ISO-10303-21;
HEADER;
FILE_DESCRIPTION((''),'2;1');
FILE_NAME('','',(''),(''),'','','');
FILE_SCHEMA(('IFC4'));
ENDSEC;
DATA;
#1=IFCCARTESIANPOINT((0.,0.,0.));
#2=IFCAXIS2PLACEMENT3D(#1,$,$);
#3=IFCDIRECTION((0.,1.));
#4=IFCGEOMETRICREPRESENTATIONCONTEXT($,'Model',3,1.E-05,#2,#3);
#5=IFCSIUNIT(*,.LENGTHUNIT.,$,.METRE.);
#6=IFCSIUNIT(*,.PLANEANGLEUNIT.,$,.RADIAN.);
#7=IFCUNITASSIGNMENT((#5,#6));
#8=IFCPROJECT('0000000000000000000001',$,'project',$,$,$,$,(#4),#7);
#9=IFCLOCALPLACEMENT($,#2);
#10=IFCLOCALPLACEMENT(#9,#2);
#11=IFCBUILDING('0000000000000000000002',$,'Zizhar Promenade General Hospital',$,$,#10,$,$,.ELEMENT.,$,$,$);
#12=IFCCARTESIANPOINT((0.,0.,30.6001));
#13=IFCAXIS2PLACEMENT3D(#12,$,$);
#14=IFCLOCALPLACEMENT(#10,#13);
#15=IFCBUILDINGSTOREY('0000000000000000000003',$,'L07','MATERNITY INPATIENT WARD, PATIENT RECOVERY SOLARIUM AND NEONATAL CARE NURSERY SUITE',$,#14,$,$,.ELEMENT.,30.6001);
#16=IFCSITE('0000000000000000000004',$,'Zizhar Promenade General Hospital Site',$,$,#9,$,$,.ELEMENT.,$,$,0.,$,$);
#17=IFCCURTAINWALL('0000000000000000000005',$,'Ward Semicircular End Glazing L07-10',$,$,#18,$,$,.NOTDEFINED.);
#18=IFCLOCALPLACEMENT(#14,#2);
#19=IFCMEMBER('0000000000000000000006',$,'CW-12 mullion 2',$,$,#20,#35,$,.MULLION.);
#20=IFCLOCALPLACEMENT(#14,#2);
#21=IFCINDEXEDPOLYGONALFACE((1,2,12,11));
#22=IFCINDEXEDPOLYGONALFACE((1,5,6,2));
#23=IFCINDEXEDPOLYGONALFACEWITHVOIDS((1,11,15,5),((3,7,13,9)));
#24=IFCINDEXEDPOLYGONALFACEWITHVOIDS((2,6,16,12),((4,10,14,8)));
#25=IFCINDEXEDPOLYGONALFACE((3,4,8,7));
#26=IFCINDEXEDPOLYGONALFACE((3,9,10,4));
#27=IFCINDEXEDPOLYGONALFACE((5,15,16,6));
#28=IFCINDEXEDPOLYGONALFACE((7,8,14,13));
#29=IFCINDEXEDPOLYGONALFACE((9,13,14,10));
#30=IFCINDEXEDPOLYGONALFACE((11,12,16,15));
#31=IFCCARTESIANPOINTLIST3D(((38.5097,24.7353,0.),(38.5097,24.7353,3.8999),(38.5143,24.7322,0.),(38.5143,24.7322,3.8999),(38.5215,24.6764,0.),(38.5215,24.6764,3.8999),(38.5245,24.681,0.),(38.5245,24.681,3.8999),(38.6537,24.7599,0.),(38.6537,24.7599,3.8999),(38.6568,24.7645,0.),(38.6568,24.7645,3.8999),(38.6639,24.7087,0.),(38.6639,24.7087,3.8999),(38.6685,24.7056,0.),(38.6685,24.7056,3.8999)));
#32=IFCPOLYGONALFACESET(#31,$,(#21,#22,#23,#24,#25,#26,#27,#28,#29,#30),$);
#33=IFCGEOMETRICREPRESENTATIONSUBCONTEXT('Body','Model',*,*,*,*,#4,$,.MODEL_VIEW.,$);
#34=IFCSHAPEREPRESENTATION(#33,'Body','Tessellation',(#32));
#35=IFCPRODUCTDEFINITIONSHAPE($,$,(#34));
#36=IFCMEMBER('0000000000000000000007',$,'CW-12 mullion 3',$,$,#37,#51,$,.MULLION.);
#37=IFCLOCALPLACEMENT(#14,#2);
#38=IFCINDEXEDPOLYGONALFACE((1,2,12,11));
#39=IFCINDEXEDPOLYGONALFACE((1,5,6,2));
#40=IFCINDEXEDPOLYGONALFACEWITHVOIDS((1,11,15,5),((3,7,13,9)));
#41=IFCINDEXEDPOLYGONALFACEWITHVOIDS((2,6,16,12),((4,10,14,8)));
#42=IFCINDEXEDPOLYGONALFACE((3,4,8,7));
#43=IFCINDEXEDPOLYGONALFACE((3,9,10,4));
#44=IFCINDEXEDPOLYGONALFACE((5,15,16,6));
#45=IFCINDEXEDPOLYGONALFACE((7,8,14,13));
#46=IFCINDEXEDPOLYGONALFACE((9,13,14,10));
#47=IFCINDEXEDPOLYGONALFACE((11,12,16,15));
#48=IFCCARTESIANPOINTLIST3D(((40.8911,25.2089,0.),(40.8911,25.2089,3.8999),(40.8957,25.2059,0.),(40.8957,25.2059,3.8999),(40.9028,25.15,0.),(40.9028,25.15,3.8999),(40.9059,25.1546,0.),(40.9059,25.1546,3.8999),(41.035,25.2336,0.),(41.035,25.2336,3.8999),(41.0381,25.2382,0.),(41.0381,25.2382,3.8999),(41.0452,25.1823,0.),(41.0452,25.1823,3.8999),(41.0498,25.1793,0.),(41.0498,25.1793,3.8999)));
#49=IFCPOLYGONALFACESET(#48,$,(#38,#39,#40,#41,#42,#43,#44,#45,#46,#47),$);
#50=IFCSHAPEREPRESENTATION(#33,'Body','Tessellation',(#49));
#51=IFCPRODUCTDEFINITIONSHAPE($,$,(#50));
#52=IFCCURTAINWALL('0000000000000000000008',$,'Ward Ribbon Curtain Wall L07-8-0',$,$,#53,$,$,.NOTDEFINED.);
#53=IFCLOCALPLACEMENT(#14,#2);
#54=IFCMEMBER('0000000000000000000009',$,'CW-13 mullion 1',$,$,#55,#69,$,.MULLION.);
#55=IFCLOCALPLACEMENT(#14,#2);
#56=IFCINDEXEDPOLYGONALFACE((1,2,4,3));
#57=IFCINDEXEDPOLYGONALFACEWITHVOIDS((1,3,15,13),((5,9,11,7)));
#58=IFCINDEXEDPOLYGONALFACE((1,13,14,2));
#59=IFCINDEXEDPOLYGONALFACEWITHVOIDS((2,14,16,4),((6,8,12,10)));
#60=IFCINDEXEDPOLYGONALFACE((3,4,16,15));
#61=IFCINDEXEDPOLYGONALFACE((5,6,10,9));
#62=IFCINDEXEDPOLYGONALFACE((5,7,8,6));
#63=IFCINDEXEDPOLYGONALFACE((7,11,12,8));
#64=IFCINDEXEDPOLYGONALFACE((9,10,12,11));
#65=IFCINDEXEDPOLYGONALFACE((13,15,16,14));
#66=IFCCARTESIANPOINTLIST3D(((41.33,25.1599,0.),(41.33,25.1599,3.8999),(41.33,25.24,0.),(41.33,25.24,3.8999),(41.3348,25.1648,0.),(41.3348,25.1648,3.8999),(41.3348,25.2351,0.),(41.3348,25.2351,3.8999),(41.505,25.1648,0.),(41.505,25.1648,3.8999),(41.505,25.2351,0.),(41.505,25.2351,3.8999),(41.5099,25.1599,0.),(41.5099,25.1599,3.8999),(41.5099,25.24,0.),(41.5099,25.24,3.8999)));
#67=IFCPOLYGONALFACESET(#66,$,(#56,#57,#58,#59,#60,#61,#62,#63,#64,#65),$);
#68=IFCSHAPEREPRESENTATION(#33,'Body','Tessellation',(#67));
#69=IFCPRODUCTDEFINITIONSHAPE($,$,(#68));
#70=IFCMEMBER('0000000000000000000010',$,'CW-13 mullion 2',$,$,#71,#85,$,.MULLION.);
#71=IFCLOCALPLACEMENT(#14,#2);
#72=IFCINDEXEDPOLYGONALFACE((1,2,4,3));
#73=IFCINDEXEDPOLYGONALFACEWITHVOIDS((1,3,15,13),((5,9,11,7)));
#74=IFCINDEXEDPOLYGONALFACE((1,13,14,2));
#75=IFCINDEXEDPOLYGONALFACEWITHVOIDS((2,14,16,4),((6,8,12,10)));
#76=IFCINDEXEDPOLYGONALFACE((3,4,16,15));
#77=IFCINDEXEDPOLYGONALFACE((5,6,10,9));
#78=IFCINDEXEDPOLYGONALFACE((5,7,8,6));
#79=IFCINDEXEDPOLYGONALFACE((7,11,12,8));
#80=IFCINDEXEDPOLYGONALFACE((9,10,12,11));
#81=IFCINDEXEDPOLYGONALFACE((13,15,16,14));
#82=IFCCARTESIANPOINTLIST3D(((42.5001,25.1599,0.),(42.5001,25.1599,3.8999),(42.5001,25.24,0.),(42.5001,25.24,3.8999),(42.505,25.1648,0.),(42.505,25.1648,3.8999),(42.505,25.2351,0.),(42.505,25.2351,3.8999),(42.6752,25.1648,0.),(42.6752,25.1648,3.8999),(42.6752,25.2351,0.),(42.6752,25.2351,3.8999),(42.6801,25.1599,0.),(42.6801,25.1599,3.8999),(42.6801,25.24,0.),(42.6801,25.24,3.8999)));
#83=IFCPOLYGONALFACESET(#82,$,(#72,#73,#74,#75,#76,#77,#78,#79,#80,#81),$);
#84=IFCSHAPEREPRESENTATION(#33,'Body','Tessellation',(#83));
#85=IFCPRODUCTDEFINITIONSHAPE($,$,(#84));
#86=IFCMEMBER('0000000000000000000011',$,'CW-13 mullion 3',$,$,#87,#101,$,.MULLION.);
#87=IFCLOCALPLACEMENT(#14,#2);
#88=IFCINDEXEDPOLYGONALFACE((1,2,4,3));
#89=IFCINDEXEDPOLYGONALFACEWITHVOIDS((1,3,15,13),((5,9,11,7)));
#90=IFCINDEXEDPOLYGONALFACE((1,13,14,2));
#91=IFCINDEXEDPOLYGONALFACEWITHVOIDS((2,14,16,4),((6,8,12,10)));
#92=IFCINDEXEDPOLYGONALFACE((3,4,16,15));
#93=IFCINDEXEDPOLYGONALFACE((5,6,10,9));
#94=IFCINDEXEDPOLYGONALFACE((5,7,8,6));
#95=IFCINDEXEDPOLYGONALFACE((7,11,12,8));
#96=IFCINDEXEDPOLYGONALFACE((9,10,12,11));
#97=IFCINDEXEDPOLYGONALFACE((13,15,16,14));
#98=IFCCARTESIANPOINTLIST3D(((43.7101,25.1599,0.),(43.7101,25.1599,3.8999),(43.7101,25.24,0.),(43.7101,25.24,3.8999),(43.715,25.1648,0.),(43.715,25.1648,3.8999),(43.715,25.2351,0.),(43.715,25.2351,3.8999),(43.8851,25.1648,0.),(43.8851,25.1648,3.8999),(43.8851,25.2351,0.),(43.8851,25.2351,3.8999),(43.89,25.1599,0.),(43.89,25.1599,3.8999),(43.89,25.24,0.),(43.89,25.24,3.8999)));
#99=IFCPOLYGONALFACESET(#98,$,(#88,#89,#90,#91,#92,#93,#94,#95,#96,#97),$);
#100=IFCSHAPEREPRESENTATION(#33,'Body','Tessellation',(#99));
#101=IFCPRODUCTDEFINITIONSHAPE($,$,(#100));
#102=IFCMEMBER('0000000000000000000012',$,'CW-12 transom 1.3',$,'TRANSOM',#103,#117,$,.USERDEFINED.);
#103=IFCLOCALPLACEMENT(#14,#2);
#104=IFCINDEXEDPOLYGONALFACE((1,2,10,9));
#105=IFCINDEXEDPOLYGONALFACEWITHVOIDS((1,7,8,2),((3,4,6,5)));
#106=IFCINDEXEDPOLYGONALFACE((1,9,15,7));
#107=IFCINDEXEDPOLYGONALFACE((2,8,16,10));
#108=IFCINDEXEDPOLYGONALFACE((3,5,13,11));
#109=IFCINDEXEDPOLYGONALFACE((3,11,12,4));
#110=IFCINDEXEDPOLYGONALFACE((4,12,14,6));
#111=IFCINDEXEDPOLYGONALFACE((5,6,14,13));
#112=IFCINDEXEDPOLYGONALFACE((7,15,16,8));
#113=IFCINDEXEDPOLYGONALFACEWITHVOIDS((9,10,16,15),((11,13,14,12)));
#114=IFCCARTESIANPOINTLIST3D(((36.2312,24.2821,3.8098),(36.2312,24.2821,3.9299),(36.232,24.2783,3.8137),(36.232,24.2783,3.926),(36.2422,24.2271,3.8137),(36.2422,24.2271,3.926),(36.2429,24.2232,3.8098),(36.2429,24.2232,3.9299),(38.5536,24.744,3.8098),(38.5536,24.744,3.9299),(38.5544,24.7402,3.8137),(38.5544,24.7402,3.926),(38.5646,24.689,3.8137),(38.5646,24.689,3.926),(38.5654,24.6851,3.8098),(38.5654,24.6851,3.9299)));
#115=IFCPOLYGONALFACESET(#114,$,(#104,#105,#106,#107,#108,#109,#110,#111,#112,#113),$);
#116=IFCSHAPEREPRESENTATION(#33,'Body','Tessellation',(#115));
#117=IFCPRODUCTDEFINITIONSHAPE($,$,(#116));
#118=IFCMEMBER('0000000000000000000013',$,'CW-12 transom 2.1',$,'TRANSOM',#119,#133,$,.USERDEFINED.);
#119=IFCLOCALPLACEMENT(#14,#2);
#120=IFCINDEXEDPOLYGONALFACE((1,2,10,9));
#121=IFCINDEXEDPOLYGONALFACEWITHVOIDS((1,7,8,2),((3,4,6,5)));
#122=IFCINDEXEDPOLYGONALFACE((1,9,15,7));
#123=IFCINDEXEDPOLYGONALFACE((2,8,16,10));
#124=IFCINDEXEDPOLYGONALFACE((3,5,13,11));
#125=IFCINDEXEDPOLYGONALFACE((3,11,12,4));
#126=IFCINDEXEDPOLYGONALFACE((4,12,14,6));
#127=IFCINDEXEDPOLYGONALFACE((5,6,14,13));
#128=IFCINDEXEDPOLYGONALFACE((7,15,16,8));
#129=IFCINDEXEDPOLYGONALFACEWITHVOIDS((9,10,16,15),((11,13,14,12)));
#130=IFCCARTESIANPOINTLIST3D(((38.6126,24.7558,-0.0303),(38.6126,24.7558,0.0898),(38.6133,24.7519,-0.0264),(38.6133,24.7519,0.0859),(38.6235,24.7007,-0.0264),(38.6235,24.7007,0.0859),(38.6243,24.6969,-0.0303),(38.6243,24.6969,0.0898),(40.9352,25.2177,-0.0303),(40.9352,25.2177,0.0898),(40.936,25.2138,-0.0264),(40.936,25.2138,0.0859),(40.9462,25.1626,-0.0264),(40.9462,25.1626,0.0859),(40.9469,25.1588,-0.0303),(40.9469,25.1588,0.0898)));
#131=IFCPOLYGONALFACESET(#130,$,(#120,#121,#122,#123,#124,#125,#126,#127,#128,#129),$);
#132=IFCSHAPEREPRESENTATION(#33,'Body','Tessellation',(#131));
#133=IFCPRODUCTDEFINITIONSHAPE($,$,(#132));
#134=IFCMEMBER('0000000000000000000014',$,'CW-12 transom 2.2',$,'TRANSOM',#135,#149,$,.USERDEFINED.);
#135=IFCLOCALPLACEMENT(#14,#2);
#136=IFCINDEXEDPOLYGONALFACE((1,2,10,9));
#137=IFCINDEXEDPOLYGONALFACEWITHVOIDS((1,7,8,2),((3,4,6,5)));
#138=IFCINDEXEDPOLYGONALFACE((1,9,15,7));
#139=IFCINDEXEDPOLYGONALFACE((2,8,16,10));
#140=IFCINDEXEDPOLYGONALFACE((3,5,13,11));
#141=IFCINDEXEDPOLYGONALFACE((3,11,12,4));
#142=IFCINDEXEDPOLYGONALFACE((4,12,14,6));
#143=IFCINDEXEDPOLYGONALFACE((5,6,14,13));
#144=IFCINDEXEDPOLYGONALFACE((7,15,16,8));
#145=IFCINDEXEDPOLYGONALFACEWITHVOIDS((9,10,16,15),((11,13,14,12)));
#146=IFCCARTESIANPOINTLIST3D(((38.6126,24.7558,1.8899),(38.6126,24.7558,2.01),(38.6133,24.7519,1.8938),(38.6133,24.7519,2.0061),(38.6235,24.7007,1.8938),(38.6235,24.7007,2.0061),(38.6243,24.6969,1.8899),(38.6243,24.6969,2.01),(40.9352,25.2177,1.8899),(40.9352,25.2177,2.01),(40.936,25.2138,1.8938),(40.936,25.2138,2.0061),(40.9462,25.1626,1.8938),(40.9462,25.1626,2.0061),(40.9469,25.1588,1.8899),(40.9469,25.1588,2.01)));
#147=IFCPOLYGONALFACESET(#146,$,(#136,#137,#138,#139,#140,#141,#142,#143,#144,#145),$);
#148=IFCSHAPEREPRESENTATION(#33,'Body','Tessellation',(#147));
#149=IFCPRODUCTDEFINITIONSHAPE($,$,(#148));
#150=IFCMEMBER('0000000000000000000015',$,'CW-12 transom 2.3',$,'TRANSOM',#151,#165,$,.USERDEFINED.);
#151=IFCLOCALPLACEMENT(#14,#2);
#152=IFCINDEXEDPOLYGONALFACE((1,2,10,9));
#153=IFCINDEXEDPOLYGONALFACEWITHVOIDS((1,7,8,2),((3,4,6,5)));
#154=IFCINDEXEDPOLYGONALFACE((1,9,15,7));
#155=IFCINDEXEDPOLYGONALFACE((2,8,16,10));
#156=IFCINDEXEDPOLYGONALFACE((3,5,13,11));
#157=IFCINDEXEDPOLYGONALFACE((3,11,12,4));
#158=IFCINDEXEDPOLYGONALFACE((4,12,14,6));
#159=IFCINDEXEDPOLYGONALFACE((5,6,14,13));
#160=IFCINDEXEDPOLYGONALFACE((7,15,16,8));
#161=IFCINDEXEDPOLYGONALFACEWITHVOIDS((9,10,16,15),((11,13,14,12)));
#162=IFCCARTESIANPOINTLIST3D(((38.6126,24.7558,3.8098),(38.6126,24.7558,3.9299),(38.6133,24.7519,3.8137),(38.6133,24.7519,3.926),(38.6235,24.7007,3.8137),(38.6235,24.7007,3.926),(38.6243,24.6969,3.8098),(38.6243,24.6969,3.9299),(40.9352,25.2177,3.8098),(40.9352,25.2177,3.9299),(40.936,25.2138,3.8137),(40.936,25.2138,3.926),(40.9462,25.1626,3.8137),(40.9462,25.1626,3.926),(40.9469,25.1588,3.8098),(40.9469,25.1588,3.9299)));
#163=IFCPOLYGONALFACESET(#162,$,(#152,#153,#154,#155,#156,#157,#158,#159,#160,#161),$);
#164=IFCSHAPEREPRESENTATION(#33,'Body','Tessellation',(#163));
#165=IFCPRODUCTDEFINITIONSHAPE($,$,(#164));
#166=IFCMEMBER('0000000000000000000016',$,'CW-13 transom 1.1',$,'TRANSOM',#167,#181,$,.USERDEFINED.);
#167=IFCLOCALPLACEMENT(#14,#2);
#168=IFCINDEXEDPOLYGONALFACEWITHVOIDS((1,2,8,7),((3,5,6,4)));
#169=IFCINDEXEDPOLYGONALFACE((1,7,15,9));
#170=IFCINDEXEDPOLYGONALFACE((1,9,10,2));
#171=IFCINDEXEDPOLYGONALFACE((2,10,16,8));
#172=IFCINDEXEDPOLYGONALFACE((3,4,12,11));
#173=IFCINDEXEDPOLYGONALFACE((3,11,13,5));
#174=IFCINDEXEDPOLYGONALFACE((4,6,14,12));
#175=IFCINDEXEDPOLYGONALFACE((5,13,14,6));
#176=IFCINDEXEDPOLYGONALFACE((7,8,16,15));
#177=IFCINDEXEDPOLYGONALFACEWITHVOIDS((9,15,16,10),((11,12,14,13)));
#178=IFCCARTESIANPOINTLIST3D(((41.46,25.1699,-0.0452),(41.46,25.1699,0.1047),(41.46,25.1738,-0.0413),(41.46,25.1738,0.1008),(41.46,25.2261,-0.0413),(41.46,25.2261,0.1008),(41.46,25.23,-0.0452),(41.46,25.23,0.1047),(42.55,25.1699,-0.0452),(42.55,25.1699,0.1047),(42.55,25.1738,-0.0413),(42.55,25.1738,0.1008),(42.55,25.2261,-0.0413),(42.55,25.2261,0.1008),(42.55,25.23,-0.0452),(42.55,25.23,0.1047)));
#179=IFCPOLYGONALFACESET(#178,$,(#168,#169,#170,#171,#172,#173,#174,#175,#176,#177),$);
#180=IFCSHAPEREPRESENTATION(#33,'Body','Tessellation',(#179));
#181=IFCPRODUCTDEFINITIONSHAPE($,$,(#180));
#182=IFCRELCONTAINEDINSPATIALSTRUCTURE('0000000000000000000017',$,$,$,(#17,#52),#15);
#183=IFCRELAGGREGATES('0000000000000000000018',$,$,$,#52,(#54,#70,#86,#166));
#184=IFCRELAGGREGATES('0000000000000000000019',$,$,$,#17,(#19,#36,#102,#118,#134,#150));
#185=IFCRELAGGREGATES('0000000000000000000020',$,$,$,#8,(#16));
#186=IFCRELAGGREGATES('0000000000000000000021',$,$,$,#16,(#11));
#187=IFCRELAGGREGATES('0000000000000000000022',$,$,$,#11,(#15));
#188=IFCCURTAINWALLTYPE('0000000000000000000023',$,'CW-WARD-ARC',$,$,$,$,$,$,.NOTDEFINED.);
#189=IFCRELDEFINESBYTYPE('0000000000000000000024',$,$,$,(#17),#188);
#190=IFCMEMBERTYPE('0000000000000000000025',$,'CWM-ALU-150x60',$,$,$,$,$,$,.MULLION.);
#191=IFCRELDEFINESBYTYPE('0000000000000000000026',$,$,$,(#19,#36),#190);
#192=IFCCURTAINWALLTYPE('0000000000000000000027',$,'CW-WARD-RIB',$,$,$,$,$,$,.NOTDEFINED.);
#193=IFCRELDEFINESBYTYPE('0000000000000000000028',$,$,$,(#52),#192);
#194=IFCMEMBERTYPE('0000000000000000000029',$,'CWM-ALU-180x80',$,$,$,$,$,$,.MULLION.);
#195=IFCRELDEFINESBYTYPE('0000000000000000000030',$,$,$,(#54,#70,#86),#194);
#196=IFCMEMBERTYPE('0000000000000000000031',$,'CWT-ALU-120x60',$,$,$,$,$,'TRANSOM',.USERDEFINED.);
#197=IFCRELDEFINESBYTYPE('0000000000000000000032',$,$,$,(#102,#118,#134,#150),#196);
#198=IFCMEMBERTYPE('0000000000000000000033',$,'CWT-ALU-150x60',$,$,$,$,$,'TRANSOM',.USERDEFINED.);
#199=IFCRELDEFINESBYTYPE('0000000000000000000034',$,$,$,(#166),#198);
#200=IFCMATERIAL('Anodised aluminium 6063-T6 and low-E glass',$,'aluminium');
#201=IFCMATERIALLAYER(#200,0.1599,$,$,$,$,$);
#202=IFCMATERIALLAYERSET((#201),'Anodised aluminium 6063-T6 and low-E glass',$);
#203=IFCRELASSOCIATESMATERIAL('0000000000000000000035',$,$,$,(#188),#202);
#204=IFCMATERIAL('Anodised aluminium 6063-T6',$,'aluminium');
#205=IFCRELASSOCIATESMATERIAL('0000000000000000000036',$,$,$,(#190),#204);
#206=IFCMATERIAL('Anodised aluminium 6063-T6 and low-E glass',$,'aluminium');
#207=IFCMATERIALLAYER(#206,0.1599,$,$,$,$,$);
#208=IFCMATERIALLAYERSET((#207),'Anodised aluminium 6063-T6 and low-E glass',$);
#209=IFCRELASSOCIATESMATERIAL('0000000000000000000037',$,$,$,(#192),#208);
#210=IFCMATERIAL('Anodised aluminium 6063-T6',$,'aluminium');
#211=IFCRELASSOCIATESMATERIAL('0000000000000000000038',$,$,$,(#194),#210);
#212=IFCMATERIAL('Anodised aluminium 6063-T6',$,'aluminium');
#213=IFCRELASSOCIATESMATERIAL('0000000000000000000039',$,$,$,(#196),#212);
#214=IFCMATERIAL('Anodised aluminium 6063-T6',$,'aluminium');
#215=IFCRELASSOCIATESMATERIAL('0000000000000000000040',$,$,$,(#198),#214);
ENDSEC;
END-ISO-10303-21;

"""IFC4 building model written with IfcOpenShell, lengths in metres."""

from ifc_helpers import new_model, si_unit, direction, frame, origin, origin_2d, place, context, subcontext, project, spatial, hollow_rectangle, extrude, material, layer, layer_set, material_profile, profile_set, type_object, element, aggregate, save


model = new_model("IFC4")

# Units and contexts
model_context = context("Model", 3, precision=1e-05, world=origin(), true_north=direction((0.0, 1.0)))
body_context = subcontext(model_context, "Body", "Model", "MODEL_VIEW")
ifc_project = project(units=[si_unit("LENGTHUNIT", "METRE"), si_unit("PLANEANGLEUNIT", "RADIAN")], contexts=[model_context])

# Site, building, storey
site_placement = place(None, origin())
site = spatial("IfcSite", under=ifc_project, at=site_placement, Name="Zizhar Promenade General Hospital Site", CompositionType="ELEMENT", RefElevation=0.0)
building_placement = place(site_placement, origin())
building = spatial("IfcBuilding", under=site, at=building_placement, Name="Zizhar Promenade General Hospital", CompositionType="ELEMENT")
storey_placement = place(building_placement, frame((0.0, 0.0, 30.6001)))
storey = spatial("IfcBuildingStorey", under=building, at=storey_placement, Name="L07", Description="MATERNITY INPATIENT WARD, PATIENT RECOVERY SOLARIUM AND NEONATAL CARE NURSERY SUITE", CompositionType="ELEMENT", Elevation=30.6001)

# Curtain walls, members
ifc_material_1 = material(Name="Anodised aluminium 6063-T6 and low-E glass", Category="aluminium")
ifc_layer_1 = layer(ifc_material_1, 0.1599)
ifc_layer_set_1 = layer_set([ifc_layer_1], Name="Anodised aluminium 6063-T6 and low-E glass")
curtain_wall_type_1 = type_object("IfcCurtainWallType", Name="CW-WARD-ARC", PredefinedType="NOTDEFINED", material=ifc_layer_set_1)
curtain_wall_1_placement = place(storey_placement, origin())
curtain_wall_1 = element("IfcCurtainWall", 1, at=curtain_wall_1_placement, inside=storey, type_object=curtain_wall_type_1, Name="Ward Semicircular End Glazing L07-10", PredefinedType="NOTDEFINED")
ifc_material_2 = material(Name="Anodised aluminium 6063-T6", Category="aluminium")
ifc_material_profile_1 = material_profile(ifc_material_2, hollow_rectangle(XDim=0.0601, YDim=0.1499, WallThickness=0.0039, at=origin_2d()))
ifc_profile_set_1 = profile_set([ifc_material_profile_1], Name="Anodised aluminium 6063-T6")
member_type_1 = type_object("IfcMemberType", Name="CWM-ALU-150x60", PredefinedType="MULLION", material=ifc_profile_set_1)
member_1_placement = place(storey_placement, frame((38.5891, 24.7205, 0.0), z_axis=(0.0, 0.0, 1.0), x_axis=(-0.195087, 0.980786, 0.0)))
member_1 = element("IfcMember", 2, at=member_1_placement, type_object=member_type_1, Name="CW-12 mullion 2", PredefinedType="MULLION", context=body_context, shape_type="SweptSolid", body=[
    extrude(hollow_rectangle(XDim=0.0601, YDim=0.1499, WallThickness=0.0039, at=origin_2d()), origin(), (0.0, 0.0, 1.0), 3.8999),
])
member_2_placement = place(storey_placement, frame((40.9705, 25.1941, 0.0), z_axis=(0.0, 0.0, 1.0), x_axis=(-0.195087, 0.980786, 0.0)))
member_2 = element("IfcMember", 3, at=member_2_placement, type_object=member_type_1, Name="CW-12 mullion 3", PredefinedType="MULLION", context=body_context, shape_type="SweptSolid", body=[
    extrude(hollow_rectangle(XDim=0.0601, YDim=0.1499, WallThickness=0.0039, at=origin_2d()), origin(), (0.0, 0.0, 1.0), 3.8999),
])
ifc_material_3 = material(Name="Anodised aluminium 6063-T6 and low-E glass", Category="aluminium")
ifc_layer_2 = layer(ifc_material_3, 0.1599)
ifc_layer_set_2 = layer_set([ifc_layer_2], Name="Anodised aluminium 6063-T6 and low-E glass")
curtain_wall_type_2 = type_object("IfcCurtainWallType", Name="CW-WARD-RIB", PredefinedType="NOTDEFINED", material=ifc_layer_set_2)
curtain_wall_2_placement = place(storey_placement, origin())
curtain_wall_2 = element("IfcCurtainWall", 4, at=curtain_wall_2_placement, inside=storey, type_object=curtain_wall_type_2, Name="Ward Ribbon Curtain Wall L07-8-0", PredefinedType="NOTDEFINED")
ifc_material_4 = material(Name="Anodised aluminium 6063-T6", Category="aluminium")
ifc_material_profile_2 = material_profile(ifc_material_4, hollow_rectangle(XDim=0.0801, YDim=0.1799, WallThickness=0.0049, at=origin_2d()))
ifc_profile_set_2 = profile_set([ifc_material_profile_2], Name="Anodised aluminium 6063-T6")
member_type_2 = type_object("IfcMemberType", Name="CWM-ALU-180x80", PredefinedType="MULLION", material=ifc_profile_set_2)
member_3_placement = place(storey_placement, frame((41.4199, 25.2, 0.0), z_axis=(0.0, 0.0, 1.0), x_axis=(0.0, 1.0, 0.0)))
member_3 = element("IfcMember", 5, at=member_3_placement, type_object=member_type_2, Name="CW-13 mullion 1", PredefinedType="MULLION", context=body_context, shape_type="SweptSolid", body=[
    extrude(hollow_rectangle(XDim=0.0801, YDim=0.1799, WallThickness=0.0049, at=origin_2d()), origin(), (0.0, 0.0, 1.0), 3.8999),
])
member_4_placement = place(storey_placement, frame((42.5901, 25.2, 0.0), z_axis=(0.0, 0.0, 1.0), x_axis=(0.0, 1.0, 0.0)))
member_4 = element("IfcMember", 6, at=member_4_placement, type_object=member_type_2, Name="CW-13 mullion 2", PredefinedType="MULLION", context=body_context, shape_type="SweptSolid", body=[
    extrude(hollow_rectangle(XDim=0.0801, YDim=0.1799, WallThickness=0.0049, at=origin_2d()), origin(), (0.0, 0.0, 1.0), 3.8999),
])
member_5_placement = place(storey_placement, frame((43.8, 25.2, 0.0), z_axis=(0.0, 0.0, 1.0), x_axis=(0.0, 1.0, 0.0)))
member_5 = element("IfcMember", 7, at=member_5_placement, type_object=member_type_2, Name="CW-13 mullion 3", PredefinedType="MULLION", context=body_context, shape_type="SweptSolid", body=[
    extrude(hollow_rectangle(XDim=0.0801, YDim=0.1799, WallThickness=0.0049, at=origin_2d()), origin(), (0.0, 0.0, 1.0), 3.8999),
])

# Members
ifc_material_5 = material(Name="Anodised aluminium 6063-T6", Category="aluminium")
ifc_material_profile_3 = material_profile(ifc_material_5, hollow_rectangle(XDim=0.0601, YDim=0.1201, WallThickness=0.0039, at=origin_2d()))
ifc_profile_set_3 = profile_set([ifc_material_profile_3], Name="Anodised aluminium 6063-T6")
member_type_3 = type_object("IfcMemberType", Name="CWT-ALU-120x60", ElementType="TRANSOM", PredefinedType="USERDEFINED", material=ifc_profile_set_3)
member_6_placement = place(storey_placement, frame((36.2371, 24.2527, 3.8699), z_axis=(0.98079, 0.195065, 0.0), x_axis=(-0.195065, 0.98079, 0.0)))
member_6 = element("IfcMember", 8, at=member_6_placement, type_object=member_type_3, Name="CW-12 transom 1.3", ObjectType="TRANSOM", PredefinedType="USERDEFINED", context=body_context, shape_type="SweptSolid", body=[
    extrude(hollow_rectangle(XDim=0.0601, YDim=0.1201, WallThickness=0.0039, at=origin_2d()), origin(), (0.0, 0.0, 1.0), 2.3679),
])
member_7_placement = place(storey_placement, frame((38.6184, 24.7263, 0.0298), z_axis=(0.980794, 0.195045, 0.0), x_axis=(-0.195045, 0.980794, 0.0)))
member_7 = element("IfcMember", 9, at=member_7_placement, type_object=member_type_3, Name="CW-12 transom 2.1", ObjectType="TRANSOM", PredefinedType="USERDEFINED", context=body_context, shape_type="SweptSolid", body=[
    extrude(hollow_rectangle(XDim=0.0601, YDim=0.1201, WallThickness=0.0039, at=origin_2d()), origin(), (0.0, 0.0, 1.0), 2.3682),
])
member_8_placement = place(storey_placement, frame((38.6184, 24.7263, 1.95), z_axis=(0.980794, 0.195045, 0.0), x_axis=(-0.195045, 0.980794, 0.0)))
member_8 = element("IfcMember", 10, at=member_8_placement, type_object=member_type_3, Name="CW-12 transom 2.2", ObjectType="TRANSOM", PredefinedType="USERDEFINED", context=body_context, shape_type="SweptSolid", body=[
    extrude(hollow_rectangle(XDim=0.0601, YDim=0.1201, WallThickness=0.0039, at=origin_2d()), origin(), (0.0, 0.0, 1.0), 2.3682),
])
member_9_placement = place(storey_placement, frame((38.6184, 24.7263, 3.8699), z_axis=(0.980794, 0.195045, 0.0), x_axis=(-0.195045, 0.980794, 0.0)))
member_9 = element("IfcMember", 11, at=member_9_placement, type_object=member_type_3, Name="CW-12 transom 2.3", ObjectType="TRANSOM", PredefinedType="USERDEFINED", context=body_context, shape_type="SweptSolid", body=[
    extrude(hollow_rectangle(XDim=0.0601, YDim=0.1201, WallThickness=0.0039, at=origin_2d()), origin(), (0.0, 0.0, 1.0), 2.3682),
])
ifc_material_6 = material(Name="Anodised aluminium 6063-T6", Category="aluminium")
ifc_material_profile_4 = material_profile(ifc_material_6, hollow_rectangle(XDim=0.0601, YDim=0.1499, WallThickness=0.0039, at=origin_2d()))
ifc_profile_set_4 = profile_set([ifc_material_profile_4], Name="Anodised aluminium 6063-T6")
member_type_4 = type_object("IfcMemberType", Name="CWT-ALU-150x60", ElementType="TRANSOM", PredefinedType="USERDEFINED", material=ifc_profile_set_4)
member_10_placement = place(storey_placement, frame((41.46, 25.2, 0.0298), z_axis=(1.0, 0.0, 0.0), x_axis=(0.0, 1.0, 0.0)))
member_10 = element("IfcMember", 12, at=member_10_placement, type_object=member_type_4, Name="CW-13 transom 1.1", ObjectType="TRANSOM", PredefinedType="USERDEFINED", context=body_context, shape_type="SweptSolid", body=[
    extrude(hollow_rectangle(XDim=0.0601, YDim=0.1499, WallThickness=0.0039, at=origin_2d()), origin(), (0.0, 0.0, 1.0), 1.0901),
])

aggregate(curtain_wall_2, [member_3, member_4, member_5, member_10])
aggregate(curtain_wall_1, [member_1, member_2, member_6, member_7, member_8, member_9])

save(model, "model.ifc")
